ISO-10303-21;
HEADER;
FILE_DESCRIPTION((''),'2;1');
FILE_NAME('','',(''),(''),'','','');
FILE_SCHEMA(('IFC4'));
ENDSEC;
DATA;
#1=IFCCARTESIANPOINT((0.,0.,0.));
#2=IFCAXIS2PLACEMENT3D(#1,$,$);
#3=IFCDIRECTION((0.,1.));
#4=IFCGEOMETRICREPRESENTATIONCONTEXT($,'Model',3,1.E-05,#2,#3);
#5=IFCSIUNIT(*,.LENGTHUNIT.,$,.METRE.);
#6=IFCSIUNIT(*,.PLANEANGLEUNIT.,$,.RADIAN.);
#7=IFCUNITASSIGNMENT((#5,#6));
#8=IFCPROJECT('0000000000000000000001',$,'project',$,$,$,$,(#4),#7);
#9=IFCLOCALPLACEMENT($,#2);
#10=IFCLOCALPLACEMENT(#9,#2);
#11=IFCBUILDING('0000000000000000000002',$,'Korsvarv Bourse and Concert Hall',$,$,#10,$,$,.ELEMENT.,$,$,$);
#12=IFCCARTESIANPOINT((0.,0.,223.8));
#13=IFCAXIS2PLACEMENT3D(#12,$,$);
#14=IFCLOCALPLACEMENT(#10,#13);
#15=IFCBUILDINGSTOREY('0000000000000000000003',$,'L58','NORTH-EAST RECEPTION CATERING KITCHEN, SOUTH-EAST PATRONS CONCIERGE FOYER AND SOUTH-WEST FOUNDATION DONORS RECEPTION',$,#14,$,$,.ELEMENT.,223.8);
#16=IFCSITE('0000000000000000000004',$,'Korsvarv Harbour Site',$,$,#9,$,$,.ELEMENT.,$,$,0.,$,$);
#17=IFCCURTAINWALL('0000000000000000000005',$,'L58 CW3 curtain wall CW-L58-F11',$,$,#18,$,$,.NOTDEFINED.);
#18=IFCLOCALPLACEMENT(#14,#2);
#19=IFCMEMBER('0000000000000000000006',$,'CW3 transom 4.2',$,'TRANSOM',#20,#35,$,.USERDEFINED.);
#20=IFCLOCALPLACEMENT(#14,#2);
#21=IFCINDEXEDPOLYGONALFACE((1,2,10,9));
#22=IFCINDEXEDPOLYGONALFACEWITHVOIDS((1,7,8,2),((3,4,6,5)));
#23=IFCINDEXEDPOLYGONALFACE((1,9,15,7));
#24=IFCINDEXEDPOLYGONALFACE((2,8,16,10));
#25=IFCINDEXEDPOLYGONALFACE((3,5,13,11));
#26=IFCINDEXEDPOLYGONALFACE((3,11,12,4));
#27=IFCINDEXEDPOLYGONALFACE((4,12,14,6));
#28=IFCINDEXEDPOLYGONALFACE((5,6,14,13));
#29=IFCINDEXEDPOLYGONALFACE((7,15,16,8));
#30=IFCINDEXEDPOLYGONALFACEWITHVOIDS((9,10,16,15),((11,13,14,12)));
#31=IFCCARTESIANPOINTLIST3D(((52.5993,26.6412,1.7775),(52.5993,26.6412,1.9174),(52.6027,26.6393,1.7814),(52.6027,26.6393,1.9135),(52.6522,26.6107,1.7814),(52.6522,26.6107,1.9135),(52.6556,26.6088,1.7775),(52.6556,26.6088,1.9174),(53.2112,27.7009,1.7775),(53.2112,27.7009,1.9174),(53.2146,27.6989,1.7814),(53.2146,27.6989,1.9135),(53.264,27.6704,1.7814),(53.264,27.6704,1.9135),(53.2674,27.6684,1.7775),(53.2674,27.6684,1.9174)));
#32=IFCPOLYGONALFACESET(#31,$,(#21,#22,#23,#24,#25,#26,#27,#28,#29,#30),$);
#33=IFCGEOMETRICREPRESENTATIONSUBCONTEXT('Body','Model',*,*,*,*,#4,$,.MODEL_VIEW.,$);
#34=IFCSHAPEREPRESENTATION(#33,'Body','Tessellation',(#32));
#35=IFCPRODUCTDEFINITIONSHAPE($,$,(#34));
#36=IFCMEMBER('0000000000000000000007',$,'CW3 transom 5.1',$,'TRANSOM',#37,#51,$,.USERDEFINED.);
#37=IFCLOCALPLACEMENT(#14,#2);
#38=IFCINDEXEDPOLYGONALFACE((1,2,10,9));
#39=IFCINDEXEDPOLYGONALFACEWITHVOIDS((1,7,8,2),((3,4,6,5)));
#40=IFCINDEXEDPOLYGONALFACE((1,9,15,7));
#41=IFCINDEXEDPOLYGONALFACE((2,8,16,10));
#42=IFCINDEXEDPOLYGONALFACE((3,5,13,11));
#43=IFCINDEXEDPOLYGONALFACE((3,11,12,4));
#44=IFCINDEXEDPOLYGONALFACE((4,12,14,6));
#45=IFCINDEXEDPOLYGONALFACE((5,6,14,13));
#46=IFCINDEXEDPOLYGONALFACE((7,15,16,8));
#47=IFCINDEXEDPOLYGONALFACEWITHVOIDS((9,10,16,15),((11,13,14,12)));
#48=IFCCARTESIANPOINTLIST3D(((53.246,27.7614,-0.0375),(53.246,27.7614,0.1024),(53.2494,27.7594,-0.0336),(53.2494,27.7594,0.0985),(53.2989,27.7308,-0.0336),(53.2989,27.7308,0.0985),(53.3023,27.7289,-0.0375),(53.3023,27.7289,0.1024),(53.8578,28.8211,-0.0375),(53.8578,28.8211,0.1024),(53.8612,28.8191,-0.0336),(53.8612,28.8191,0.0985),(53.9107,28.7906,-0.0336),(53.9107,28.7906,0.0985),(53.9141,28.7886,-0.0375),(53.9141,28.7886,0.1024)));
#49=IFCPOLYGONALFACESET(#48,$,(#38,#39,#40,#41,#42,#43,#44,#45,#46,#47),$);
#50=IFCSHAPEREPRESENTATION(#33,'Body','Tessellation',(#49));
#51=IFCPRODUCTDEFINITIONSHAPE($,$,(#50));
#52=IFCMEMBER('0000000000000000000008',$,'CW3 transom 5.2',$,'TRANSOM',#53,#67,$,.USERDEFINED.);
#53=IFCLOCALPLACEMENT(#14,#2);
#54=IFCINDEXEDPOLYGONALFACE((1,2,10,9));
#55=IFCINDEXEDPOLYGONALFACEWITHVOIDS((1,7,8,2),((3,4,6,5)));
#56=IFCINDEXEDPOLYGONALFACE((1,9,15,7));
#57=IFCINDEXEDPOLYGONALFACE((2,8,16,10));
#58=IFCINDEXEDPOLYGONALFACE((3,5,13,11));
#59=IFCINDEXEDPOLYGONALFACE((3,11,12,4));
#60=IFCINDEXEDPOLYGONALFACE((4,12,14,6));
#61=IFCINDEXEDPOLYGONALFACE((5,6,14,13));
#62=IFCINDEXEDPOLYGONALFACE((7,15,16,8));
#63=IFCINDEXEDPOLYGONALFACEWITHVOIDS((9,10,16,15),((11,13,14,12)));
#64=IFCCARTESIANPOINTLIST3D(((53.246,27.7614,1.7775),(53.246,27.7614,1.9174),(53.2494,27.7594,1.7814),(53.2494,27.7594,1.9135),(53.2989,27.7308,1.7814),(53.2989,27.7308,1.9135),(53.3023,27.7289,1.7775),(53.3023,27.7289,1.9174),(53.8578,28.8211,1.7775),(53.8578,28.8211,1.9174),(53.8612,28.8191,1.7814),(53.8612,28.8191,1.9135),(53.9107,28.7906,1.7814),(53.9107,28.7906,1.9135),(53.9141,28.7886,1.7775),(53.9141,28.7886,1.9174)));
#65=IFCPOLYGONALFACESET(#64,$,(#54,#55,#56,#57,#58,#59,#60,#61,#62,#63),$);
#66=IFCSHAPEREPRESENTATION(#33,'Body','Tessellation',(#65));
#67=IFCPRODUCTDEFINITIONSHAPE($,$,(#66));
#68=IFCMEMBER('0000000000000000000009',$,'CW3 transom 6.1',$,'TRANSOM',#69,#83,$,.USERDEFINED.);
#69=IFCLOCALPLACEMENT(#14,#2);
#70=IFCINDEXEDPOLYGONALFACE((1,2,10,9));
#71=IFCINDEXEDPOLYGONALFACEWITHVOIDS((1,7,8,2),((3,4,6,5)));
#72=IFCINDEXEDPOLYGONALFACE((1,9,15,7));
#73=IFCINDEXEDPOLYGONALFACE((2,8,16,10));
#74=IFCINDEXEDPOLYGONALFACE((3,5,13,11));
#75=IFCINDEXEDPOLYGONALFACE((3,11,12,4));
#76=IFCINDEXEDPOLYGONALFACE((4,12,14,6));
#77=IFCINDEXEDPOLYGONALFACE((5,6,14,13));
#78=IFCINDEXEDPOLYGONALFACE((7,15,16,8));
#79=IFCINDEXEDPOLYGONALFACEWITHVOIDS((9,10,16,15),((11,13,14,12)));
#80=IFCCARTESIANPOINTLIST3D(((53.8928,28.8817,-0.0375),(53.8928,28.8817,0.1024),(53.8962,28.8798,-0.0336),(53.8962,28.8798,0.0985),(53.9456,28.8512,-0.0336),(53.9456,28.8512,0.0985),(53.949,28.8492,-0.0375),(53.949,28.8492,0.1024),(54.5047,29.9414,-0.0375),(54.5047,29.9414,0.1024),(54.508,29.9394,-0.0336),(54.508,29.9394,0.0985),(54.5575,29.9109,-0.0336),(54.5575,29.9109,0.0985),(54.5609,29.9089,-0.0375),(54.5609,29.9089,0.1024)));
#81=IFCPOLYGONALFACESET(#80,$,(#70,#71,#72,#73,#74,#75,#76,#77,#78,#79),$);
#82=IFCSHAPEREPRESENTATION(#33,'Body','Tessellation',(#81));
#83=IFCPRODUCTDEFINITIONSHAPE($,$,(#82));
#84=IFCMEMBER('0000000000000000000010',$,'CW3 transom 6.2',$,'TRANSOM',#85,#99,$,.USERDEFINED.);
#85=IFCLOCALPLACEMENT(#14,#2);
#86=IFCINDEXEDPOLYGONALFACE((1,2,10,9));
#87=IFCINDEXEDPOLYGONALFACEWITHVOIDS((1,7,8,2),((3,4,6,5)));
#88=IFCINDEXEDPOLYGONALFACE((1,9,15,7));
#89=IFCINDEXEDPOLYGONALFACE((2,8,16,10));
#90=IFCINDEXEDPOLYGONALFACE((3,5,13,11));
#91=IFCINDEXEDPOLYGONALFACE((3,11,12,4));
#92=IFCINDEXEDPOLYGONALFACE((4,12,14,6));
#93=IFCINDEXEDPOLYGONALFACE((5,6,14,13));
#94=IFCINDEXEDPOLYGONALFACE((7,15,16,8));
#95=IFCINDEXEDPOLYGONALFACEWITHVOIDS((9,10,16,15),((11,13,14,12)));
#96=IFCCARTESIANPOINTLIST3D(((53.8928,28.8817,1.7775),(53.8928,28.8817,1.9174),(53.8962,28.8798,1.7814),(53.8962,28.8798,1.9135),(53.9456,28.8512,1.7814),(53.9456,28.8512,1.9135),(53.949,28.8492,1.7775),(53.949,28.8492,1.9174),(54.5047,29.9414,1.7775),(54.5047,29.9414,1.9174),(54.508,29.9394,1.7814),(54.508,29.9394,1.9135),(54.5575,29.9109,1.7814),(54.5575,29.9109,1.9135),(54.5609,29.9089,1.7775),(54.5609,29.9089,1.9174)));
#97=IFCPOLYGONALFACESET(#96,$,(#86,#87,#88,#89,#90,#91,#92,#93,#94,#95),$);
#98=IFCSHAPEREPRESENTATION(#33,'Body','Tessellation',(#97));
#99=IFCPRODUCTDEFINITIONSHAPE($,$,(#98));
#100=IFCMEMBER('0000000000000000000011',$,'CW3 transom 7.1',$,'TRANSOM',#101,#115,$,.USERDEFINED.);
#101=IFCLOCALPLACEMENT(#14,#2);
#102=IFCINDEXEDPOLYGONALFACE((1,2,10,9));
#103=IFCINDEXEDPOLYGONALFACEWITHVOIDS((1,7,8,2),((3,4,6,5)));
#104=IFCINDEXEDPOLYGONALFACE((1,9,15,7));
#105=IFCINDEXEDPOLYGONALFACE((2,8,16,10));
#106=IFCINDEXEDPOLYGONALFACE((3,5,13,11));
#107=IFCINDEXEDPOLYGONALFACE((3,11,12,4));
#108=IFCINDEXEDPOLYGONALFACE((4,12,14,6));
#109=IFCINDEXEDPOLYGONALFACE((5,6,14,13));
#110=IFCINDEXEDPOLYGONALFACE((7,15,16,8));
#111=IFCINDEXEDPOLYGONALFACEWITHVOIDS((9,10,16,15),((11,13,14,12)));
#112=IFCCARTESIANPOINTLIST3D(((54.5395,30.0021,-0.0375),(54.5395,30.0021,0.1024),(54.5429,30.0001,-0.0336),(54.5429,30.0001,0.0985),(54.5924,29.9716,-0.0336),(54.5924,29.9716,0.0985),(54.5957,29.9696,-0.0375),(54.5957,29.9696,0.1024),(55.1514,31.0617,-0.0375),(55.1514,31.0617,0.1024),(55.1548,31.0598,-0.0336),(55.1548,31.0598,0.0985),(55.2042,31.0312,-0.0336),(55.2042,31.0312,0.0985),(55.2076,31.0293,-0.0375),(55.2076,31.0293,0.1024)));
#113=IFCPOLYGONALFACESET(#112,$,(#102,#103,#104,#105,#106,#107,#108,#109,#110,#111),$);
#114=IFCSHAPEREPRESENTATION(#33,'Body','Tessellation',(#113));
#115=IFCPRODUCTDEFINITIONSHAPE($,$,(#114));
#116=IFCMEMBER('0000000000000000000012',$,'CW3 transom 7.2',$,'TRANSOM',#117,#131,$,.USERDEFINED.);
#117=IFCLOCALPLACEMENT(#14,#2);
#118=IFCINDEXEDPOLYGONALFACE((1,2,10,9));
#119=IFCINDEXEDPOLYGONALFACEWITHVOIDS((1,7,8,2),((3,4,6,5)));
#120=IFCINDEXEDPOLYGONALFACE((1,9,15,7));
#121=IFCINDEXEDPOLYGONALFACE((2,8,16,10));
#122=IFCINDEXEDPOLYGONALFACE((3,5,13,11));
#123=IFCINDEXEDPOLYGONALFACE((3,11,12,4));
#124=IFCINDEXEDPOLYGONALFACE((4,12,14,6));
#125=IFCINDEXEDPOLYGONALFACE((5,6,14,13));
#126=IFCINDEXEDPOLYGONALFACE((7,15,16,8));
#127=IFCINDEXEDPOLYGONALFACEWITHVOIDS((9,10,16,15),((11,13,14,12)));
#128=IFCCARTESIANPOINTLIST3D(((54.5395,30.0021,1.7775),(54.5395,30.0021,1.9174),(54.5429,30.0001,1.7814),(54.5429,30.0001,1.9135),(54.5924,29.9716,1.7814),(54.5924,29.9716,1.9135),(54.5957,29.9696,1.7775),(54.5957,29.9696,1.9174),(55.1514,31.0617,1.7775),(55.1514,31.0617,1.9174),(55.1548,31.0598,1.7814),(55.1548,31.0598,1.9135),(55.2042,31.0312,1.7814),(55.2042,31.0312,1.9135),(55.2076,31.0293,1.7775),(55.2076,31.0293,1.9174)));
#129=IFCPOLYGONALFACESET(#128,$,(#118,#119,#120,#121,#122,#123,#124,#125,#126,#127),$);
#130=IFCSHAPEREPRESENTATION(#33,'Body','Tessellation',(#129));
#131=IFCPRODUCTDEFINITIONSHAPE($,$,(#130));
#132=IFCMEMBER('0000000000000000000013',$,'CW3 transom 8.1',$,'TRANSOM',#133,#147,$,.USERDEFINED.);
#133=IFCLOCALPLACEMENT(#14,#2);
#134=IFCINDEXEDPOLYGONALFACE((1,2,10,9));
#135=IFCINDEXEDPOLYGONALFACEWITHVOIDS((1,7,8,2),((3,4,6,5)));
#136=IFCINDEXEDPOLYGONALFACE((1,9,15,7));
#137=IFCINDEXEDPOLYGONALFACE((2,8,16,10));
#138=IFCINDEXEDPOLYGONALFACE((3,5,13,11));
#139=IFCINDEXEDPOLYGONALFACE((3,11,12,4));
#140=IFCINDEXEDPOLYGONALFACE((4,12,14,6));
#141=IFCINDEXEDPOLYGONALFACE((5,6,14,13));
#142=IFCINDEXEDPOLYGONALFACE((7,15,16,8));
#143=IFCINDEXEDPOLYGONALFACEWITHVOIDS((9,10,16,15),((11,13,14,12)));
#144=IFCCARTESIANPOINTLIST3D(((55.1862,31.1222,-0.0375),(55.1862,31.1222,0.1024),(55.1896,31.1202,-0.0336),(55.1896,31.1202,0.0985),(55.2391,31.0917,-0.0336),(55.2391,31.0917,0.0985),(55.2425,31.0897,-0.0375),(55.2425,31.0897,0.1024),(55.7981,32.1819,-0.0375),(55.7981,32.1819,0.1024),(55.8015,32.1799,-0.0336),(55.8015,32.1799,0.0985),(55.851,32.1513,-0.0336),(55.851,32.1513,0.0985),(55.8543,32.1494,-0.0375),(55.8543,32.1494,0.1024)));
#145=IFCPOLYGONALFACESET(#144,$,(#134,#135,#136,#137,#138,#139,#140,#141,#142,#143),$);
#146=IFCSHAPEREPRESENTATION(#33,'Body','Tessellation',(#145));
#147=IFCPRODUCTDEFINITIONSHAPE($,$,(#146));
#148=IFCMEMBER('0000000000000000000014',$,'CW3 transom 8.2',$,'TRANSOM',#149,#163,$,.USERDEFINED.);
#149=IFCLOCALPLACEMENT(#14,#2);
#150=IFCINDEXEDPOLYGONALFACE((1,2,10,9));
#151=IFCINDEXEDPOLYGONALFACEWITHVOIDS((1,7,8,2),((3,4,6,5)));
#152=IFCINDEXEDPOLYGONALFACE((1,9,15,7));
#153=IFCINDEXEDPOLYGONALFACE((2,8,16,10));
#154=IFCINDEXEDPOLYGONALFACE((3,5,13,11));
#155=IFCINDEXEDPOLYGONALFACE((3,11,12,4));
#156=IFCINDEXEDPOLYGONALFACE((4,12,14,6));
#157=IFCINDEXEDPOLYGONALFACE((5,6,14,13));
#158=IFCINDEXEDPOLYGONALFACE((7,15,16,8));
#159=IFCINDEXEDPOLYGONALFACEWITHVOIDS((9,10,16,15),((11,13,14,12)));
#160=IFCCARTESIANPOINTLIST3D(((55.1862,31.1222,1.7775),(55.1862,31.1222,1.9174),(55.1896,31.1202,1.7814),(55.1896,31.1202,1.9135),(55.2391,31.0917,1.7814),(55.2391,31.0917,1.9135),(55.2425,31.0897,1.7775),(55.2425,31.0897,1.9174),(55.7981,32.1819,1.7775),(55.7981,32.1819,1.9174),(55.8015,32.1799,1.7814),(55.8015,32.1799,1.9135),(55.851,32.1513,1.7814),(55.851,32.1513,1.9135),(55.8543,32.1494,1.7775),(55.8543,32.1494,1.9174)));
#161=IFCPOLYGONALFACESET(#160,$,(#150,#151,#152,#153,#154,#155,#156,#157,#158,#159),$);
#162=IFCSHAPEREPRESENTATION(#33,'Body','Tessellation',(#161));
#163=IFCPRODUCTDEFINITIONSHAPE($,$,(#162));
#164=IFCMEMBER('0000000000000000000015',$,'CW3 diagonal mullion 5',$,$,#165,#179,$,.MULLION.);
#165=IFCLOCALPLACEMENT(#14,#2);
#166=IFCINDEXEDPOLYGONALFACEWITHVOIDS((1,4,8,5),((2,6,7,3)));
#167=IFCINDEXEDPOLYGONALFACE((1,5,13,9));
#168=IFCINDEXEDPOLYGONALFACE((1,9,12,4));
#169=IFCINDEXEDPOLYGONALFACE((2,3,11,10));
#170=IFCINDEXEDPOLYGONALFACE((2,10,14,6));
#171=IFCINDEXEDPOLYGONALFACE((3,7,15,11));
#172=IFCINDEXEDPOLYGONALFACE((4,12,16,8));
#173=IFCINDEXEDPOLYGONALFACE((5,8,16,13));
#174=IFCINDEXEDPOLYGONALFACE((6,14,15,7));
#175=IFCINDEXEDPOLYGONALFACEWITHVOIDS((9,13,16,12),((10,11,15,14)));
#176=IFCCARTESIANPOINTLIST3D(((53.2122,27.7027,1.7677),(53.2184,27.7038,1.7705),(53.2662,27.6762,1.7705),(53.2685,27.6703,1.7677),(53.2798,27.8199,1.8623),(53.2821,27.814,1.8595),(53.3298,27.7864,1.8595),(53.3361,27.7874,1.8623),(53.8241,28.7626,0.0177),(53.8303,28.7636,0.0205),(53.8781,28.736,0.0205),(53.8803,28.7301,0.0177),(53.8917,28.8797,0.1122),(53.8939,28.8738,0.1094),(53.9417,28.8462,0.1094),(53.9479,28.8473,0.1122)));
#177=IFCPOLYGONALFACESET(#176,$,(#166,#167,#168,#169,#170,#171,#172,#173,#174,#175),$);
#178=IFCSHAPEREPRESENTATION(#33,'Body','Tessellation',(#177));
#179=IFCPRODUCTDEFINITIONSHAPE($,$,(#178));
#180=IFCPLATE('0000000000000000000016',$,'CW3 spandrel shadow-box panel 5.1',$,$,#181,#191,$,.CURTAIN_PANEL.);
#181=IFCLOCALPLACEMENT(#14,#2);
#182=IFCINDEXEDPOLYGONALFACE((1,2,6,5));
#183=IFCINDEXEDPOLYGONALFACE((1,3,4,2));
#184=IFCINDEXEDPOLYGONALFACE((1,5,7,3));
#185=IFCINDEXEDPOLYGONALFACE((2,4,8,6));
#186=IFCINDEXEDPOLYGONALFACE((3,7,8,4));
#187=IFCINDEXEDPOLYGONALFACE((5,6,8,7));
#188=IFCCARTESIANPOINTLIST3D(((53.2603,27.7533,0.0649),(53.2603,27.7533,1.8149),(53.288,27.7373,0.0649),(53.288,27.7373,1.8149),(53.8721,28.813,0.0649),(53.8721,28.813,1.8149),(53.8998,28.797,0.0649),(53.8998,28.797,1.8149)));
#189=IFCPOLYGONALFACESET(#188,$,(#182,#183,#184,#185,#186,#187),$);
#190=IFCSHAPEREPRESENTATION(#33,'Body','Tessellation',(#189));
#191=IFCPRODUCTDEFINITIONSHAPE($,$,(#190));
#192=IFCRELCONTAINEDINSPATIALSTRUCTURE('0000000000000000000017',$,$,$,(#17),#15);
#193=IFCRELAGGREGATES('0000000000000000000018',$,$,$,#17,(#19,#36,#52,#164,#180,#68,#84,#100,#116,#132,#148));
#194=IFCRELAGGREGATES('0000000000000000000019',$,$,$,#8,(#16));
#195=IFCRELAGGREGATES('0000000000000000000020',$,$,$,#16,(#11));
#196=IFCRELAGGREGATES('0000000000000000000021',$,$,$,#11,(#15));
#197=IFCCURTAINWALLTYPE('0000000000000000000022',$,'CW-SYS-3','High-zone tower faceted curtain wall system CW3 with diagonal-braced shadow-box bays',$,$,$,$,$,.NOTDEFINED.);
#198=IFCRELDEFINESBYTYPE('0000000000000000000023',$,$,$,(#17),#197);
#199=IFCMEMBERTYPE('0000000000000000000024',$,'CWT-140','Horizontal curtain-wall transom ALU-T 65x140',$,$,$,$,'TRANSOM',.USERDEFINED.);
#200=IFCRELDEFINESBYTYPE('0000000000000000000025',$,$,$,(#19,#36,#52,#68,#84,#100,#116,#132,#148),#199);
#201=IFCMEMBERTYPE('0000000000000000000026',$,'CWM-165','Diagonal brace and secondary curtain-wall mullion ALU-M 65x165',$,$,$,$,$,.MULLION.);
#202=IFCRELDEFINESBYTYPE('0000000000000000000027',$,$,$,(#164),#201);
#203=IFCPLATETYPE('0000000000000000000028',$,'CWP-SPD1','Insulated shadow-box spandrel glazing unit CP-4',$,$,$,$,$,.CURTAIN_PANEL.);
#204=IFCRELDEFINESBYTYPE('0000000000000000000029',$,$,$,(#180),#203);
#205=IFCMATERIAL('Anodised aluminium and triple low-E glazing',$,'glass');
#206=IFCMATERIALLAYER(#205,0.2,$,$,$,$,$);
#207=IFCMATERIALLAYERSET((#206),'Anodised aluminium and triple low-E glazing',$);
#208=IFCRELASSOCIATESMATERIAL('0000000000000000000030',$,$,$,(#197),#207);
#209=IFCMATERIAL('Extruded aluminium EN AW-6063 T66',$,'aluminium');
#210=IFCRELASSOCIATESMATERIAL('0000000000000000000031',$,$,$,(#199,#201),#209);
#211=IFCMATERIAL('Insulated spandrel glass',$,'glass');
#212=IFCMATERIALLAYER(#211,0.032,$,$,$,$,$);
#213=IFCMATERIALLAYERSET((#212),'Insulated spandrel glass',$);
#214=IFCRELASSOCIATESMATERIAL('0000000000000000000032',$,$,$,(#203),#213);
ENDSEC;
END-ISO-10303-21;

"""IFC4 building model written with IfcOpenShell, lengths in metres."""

from ifc_helpers import new_model, si_unit, direction, frame, origin, origin_2d, place, context, subcontext, project, spatial, rectangle, hollow_rectangle, extrude, source, transform, mapped, material, layer, layer_set, material_profile, profile_set, type_object, element, aggregate, save


model = new_model("IFC4")

# Units and contexts
model_context = context("Model", 3, precision=1e-05, world=origin(), true_north=direction((0.0, 1.0)))
body_context = subcontext(model_context, "Body", "Model", "MODEL_VIEW")
ifc_project = project(units=[si_unit("LENGTHUNIT", "METRE"), si_unit("PLANEANGLEUNIT", "RADIAN")], contexts=[model_context])

# Site, building, storey
site_placement = place(None, origin())
site = spatial("IfcSite", under=ifc_project, at=site_placement, Name="Korsvarv Harbour Site", CompositionType="ELEMENT", RefElevation=0.0)
building_placement = place(site_placement, origin())
building = spatial("IfcBuilding", under=site, at=building_placement, Name="Korsvarv Bourse and Concert Hall", CompositionType="ELEMENT")
storey_placement = place(building_placement, frame((0.0, 0.0, 223.8)))
storey = spatial("IfcBuildingStorey", under=building, at=storey_placement, Name="L58", Description="NORTH-EAST RECEPTION CATERING KITCHEN, SOUTH-EAST PATRONS CONCIERGE FOYER AND SOUTH-WEST FOUNDATION DONORS RECEPTION", CompositionType="ELEMENT", Elevation=223.8)

# Curtain wall, members, plate
ifc_material_1 = material(Name="Anodised aluminium and triple low-E glazing", Category="glass")
ifc_layer_1 = layer(ifc_material_1, 0.2)
ifc_layer_set_1 = layer_set([ifc_layer_1], Name="Anodised aluminium and triple low-E glazing")
curtain_wall_type = type_object("IfcCurtainWallType", Name="CW-SYS-3", Description="High-zone tower faceted curtain wall system CW3 with diagonal-braced shadow-box bays", PredefinedType="NOTDEFINED", material=ifc_layer_set_1)
curtain_wall_placement = place(storey_placement, origin())
curtain_wall = element("IfcCurtainWall", 1, at=curtain_wall_placement, inside=storey, type_object=curtain_wall_type, Name="L58 CW3 curtain wall CW-L58-F11", PredefinedType="NOTDEFINED")
ifc_material_2 = material(Name="Extruded aluminium EN AW-6063 T66", Category="aluminium")
ifc_material_profile_1 = material_profile(ifc_material_2, hollow_rectangle(XDim=0.0649, YDim=0.1399, WallThickness=0.0039, at=origin_2d()), Name="ALU-T 65x140")
ifc_profile_set_1 = profile_set([ifc_material_profile_1], Name="Extruded aluminium EN AW-6063 T66")
member_type_1 = type_object("IfcMemberType", Name="CWT-140", Description="Horizontal curtain-wall transom ALU-T 65x140", ElementType="TRANSOM", PredefinedType="USERDEFINED", material=ifc_profile_set_1)
ifc_material_profile_2 = material_profile(ifc_material_2, hollow_rectangle(XDim=0.0649, YDim=0.165, WallThickness=0.0049, at=origin_2d()), Name="ALU-M 65x165")
ifc_profile_set_2 = profile_set([ifc_material_profile_2], Name="Extruded aluminium EN AW-6063 T66")
member_type_2 = type_object("IfcMemberType", Name="CWM-165", Description="Diagonal brace and secondary curtain-wall mullion ALU-M 65x165", PredefinedType="MULLION", material=ifc_profile_set_2)
shared_shape_1 = source(origin(), body_context, "Body", "SweptSolid", [
    extrude(hollow_rectangle(XDim=0.0649, YDim=0.1399, WallThickness=0.0039, at=origin_2d()), origin(), (0.0, 0.0, 1.0), 1.2236),
])
member_1_placement = place(storey_placement, frame((52.6274, 26.625, 1.8474), z_axis=(0.500045, 0.865999, 0.0), x_axis=(-0.865999, 0.500045, 0.0)))
member_1 = element("IfcMember", 2, at=member_1_placement, type_object=member_type_1, Name="CW3 transom 4.2", ObjectType="TRANSOM", PredefinedType="USERDEFINED", context=body_context, shape_type="MappedRepresentation", body=[
    mapped(shared_shape_1, transform((0.0, 0.0, 0.0), scale=1.0)),
])
member_2_placement = place(storey_placement, frame((53.2742, 27.7451, 0.0325), z_axis=(0.499958, 0.866049, 0.0), x_axis=(-0.866049, 0.499958, 0.0)))
member_2 = element("IfcMember", 3, at=member_2_placement, type_object=member_type_1, Name="CW3 transom 5.1", ObjectType="TRANSOM", PredefinedType="USERDEFINED", context=body_context, shape_type="MappedRepresentation", body=[
    mapped(shared_shape_1, transform((0.0, 0.0, 0.0), scale=1.0)),
])
member_3_placement = place(storey_placement, frame((53.2742, 27.7451, 1.8474), z_axis=(0.499958, 0.866049, 0.0), x_axis=(-0.866049, 0.499958, 0.0)))
member_3 = element("IfcMember", 4, at=member_3_placement, type_object=member_type_1, Name="CW3 transom 5.2", ObjectType="TRANSOM", PredefinedType="USERDEFINED", context=body_context, shape_type="MappedRepresentation", body=[
    mapped(shared_shape_1, transform((0.0, 0.0, 0.0), scale=1.0)),
])
member_4_placement = place(storey_placement, frame((53.9209, 28.8655, 0.0325), z_axis=(0.500045, 0.865999, 0.0), x_axis=(-0.865999, 0.500045, 0.0)))
member_4 = element("IfcMember", 5, at=member_4_placement, type_object=member_type_1, Name="CW3 transom 6.1", ObjectType="TRANSOM", PredefinedType="USERDEFINED", context=body_context, shape_type="MappedRepresentation", body=[
    mapped(shared_shape_1, transform((0.0, 0.0, 0.0), scale=1.0)),
])
member_5_placement = place(storey_placement, frame((53.9209, 28.8655, 1.8474), z_axis=(0.500045, 0.865999, 0.0), x_axis=(-0.865999, 0.500045, 0.0)))
member_5 = element("IfcMember", 6, at=member_5_placement, type_object=member_type_1, Name="CW3 transom 6.2", ObjectType="TRANSOM", PredefinedType="USERDEFINED", context=body_context, shape_type="MappedRepresentation", body=[
    mapped(shared_shape_1, transform((0.0, 0.0, 0.0), scale=1.0)),
])
member_6_placement = place(storey_placement, frame((54.5676, 29.9858, 0.0325), z_axis=(0.500045, 0.865999, 0.0), x_axis=(-0.865999, 0.500045, 0.0)))
member_6 = element("IfcMember", 7, at=member_6_placement, type_object=member_type_1, Name="CW3 transom 7.1", ObjectType="TRANSOM", PredefinedType="USERDEFINED", context=body_context, shape_type="MappedRepresentation", body=[
    mapped(shared_shape_1, transform((0.0, 0.0, 0.0), scale=1.0)),
])
member_7_placement = place(storey_placement, frame((54.5676, 29.9858, 1.8474), z_axis=(0.500045, 0.865999, 0.0), x_axis=(-0.865999, 0.500045, 0.0)))
member_7 = element("IfcMember", 8, at=member_7_placement, type_object=member_type_1, Name="CW3 transom 7.2", ObjectType="TRANSOM", PredefinedType="USERDEFINED", context=body_context, shape_type="MappedRepresentation", body=[
    mapped(shared_shape_1, transform((0.0, 0.0, 0.0), scale=1.0)),
])
member_8_placement = place(storey_placement, frame((55.2144, 31.106, 0.0325), z_axis=(0.500045, 0.865999, 0.0), x_axis=(-0.865999, 0.500045, 0.0)))
member_8 = element("IfcMember", 9, at=member_8_placement, type_object=member_type_1, Name="CW3 transom 8.1", ObjectType="TRANSOM", PredefinedType="USERDEFINED", context=body_context, shape_type="MappedRepresentation", body=[
    mapped(shared_shape_1, transform((0.0, 0.0, 0.0), scale=1.0)),
])
member_9_placement = place(storey_placement, frame((55.2144, 31.106, 1.8474), z_axis=(0.500045, 0.865999, 0.0), x_axis=(-0.865999, 0.500045, 0.0)))
member_9 = element("IfcMember", 10, at=member_9_placement, type_object=member_type_1, Name="CW3 transom 8.2", ObjectType="TRANSOM", PredefinedType="USERDEFINED", context=body_context, shape_type="MappedRepresentation", body=[
    mapped(shared_shape_1, transform((0.0, 0.0, 0.0), scale=1.0)),
])
shared_shape_2 = source(origin(), body_context, "Body", "SweptSolid", [
    extrude(hollow_rectangle(XDim=0.0649, YDim=0.165, WallThickness=0.0049, at=origin_2d()), origin(), (0.0, 0.0, 1.0), 2.1355),
])
member_10_placement = place(storey_placement, frame((53.886, 28.8049, 0.0649), z_axis=(-0.286508, -0.496302, 0.81951), x_axis=(0.866049, -0.499958, 0.0)))
member_10 = element("IfcMember", 11, at=member_10_placement, type_object=member_type_2, Name="CW3 diagonal mullion 5", PredefinedType="MULLION", context=body_context, shape_type="MappedRepresentation", body=[
    mapped(shared_shape_2, transform((0.0, 0.0, 0.0), scale=1.0)),
])
ifc_material_3 = material(Name="Insulated spandrel glass", Category="glass")
ifc_layer_2 = layer(ifc_material_3, 0.032)
ifc_layer_set_2 = layer_set([ifc_layer_2], Name="Insulated spandrel glass")
plate_type_1 = type_object("IfcPlateType", Name="CWP-SPD1", Description="Insulated shadow-box spandrel glazing unit CP-4", PredefinedType="CURTAIN_PANEL", material=ifc_layer_set_2)
shared_shape_3 = source(origin(), body_context, "Body", "SweptSolid", [
    extrude(rectangle(XDim=1.2236, YDim=0.032, at=origin_2d()), origin(), (0.0, 0.0, 1.0), 1.75),
])
plate_1_placement = place(storey_placement, frame((53.5801, 28.2751, 0.0649), z_axis=(0.0, 0.0, 1.0), x_axis=(0.499992, 0.86603, 0.0)))
plate_1 = element("IfcPlate", 12, at=plate_1_placement, type_object=plate_type_1, Name="CW3 spandrel shadow-box panel 5.1", PredefinedType="CURTAIN_PANEL", context=body_context, shape_type="MappedRepresentation", body=[
    mapped(shared_shape_3, transform((0.0, 0.0, 0.0), scale=1.0)),
])
aggregate(curtain_wall, [member_1, member_2, member_3, member_10, plate_1, member_4, member_5, member_6, member_7, member_8, member_9])

save(model, "model.ifc")
